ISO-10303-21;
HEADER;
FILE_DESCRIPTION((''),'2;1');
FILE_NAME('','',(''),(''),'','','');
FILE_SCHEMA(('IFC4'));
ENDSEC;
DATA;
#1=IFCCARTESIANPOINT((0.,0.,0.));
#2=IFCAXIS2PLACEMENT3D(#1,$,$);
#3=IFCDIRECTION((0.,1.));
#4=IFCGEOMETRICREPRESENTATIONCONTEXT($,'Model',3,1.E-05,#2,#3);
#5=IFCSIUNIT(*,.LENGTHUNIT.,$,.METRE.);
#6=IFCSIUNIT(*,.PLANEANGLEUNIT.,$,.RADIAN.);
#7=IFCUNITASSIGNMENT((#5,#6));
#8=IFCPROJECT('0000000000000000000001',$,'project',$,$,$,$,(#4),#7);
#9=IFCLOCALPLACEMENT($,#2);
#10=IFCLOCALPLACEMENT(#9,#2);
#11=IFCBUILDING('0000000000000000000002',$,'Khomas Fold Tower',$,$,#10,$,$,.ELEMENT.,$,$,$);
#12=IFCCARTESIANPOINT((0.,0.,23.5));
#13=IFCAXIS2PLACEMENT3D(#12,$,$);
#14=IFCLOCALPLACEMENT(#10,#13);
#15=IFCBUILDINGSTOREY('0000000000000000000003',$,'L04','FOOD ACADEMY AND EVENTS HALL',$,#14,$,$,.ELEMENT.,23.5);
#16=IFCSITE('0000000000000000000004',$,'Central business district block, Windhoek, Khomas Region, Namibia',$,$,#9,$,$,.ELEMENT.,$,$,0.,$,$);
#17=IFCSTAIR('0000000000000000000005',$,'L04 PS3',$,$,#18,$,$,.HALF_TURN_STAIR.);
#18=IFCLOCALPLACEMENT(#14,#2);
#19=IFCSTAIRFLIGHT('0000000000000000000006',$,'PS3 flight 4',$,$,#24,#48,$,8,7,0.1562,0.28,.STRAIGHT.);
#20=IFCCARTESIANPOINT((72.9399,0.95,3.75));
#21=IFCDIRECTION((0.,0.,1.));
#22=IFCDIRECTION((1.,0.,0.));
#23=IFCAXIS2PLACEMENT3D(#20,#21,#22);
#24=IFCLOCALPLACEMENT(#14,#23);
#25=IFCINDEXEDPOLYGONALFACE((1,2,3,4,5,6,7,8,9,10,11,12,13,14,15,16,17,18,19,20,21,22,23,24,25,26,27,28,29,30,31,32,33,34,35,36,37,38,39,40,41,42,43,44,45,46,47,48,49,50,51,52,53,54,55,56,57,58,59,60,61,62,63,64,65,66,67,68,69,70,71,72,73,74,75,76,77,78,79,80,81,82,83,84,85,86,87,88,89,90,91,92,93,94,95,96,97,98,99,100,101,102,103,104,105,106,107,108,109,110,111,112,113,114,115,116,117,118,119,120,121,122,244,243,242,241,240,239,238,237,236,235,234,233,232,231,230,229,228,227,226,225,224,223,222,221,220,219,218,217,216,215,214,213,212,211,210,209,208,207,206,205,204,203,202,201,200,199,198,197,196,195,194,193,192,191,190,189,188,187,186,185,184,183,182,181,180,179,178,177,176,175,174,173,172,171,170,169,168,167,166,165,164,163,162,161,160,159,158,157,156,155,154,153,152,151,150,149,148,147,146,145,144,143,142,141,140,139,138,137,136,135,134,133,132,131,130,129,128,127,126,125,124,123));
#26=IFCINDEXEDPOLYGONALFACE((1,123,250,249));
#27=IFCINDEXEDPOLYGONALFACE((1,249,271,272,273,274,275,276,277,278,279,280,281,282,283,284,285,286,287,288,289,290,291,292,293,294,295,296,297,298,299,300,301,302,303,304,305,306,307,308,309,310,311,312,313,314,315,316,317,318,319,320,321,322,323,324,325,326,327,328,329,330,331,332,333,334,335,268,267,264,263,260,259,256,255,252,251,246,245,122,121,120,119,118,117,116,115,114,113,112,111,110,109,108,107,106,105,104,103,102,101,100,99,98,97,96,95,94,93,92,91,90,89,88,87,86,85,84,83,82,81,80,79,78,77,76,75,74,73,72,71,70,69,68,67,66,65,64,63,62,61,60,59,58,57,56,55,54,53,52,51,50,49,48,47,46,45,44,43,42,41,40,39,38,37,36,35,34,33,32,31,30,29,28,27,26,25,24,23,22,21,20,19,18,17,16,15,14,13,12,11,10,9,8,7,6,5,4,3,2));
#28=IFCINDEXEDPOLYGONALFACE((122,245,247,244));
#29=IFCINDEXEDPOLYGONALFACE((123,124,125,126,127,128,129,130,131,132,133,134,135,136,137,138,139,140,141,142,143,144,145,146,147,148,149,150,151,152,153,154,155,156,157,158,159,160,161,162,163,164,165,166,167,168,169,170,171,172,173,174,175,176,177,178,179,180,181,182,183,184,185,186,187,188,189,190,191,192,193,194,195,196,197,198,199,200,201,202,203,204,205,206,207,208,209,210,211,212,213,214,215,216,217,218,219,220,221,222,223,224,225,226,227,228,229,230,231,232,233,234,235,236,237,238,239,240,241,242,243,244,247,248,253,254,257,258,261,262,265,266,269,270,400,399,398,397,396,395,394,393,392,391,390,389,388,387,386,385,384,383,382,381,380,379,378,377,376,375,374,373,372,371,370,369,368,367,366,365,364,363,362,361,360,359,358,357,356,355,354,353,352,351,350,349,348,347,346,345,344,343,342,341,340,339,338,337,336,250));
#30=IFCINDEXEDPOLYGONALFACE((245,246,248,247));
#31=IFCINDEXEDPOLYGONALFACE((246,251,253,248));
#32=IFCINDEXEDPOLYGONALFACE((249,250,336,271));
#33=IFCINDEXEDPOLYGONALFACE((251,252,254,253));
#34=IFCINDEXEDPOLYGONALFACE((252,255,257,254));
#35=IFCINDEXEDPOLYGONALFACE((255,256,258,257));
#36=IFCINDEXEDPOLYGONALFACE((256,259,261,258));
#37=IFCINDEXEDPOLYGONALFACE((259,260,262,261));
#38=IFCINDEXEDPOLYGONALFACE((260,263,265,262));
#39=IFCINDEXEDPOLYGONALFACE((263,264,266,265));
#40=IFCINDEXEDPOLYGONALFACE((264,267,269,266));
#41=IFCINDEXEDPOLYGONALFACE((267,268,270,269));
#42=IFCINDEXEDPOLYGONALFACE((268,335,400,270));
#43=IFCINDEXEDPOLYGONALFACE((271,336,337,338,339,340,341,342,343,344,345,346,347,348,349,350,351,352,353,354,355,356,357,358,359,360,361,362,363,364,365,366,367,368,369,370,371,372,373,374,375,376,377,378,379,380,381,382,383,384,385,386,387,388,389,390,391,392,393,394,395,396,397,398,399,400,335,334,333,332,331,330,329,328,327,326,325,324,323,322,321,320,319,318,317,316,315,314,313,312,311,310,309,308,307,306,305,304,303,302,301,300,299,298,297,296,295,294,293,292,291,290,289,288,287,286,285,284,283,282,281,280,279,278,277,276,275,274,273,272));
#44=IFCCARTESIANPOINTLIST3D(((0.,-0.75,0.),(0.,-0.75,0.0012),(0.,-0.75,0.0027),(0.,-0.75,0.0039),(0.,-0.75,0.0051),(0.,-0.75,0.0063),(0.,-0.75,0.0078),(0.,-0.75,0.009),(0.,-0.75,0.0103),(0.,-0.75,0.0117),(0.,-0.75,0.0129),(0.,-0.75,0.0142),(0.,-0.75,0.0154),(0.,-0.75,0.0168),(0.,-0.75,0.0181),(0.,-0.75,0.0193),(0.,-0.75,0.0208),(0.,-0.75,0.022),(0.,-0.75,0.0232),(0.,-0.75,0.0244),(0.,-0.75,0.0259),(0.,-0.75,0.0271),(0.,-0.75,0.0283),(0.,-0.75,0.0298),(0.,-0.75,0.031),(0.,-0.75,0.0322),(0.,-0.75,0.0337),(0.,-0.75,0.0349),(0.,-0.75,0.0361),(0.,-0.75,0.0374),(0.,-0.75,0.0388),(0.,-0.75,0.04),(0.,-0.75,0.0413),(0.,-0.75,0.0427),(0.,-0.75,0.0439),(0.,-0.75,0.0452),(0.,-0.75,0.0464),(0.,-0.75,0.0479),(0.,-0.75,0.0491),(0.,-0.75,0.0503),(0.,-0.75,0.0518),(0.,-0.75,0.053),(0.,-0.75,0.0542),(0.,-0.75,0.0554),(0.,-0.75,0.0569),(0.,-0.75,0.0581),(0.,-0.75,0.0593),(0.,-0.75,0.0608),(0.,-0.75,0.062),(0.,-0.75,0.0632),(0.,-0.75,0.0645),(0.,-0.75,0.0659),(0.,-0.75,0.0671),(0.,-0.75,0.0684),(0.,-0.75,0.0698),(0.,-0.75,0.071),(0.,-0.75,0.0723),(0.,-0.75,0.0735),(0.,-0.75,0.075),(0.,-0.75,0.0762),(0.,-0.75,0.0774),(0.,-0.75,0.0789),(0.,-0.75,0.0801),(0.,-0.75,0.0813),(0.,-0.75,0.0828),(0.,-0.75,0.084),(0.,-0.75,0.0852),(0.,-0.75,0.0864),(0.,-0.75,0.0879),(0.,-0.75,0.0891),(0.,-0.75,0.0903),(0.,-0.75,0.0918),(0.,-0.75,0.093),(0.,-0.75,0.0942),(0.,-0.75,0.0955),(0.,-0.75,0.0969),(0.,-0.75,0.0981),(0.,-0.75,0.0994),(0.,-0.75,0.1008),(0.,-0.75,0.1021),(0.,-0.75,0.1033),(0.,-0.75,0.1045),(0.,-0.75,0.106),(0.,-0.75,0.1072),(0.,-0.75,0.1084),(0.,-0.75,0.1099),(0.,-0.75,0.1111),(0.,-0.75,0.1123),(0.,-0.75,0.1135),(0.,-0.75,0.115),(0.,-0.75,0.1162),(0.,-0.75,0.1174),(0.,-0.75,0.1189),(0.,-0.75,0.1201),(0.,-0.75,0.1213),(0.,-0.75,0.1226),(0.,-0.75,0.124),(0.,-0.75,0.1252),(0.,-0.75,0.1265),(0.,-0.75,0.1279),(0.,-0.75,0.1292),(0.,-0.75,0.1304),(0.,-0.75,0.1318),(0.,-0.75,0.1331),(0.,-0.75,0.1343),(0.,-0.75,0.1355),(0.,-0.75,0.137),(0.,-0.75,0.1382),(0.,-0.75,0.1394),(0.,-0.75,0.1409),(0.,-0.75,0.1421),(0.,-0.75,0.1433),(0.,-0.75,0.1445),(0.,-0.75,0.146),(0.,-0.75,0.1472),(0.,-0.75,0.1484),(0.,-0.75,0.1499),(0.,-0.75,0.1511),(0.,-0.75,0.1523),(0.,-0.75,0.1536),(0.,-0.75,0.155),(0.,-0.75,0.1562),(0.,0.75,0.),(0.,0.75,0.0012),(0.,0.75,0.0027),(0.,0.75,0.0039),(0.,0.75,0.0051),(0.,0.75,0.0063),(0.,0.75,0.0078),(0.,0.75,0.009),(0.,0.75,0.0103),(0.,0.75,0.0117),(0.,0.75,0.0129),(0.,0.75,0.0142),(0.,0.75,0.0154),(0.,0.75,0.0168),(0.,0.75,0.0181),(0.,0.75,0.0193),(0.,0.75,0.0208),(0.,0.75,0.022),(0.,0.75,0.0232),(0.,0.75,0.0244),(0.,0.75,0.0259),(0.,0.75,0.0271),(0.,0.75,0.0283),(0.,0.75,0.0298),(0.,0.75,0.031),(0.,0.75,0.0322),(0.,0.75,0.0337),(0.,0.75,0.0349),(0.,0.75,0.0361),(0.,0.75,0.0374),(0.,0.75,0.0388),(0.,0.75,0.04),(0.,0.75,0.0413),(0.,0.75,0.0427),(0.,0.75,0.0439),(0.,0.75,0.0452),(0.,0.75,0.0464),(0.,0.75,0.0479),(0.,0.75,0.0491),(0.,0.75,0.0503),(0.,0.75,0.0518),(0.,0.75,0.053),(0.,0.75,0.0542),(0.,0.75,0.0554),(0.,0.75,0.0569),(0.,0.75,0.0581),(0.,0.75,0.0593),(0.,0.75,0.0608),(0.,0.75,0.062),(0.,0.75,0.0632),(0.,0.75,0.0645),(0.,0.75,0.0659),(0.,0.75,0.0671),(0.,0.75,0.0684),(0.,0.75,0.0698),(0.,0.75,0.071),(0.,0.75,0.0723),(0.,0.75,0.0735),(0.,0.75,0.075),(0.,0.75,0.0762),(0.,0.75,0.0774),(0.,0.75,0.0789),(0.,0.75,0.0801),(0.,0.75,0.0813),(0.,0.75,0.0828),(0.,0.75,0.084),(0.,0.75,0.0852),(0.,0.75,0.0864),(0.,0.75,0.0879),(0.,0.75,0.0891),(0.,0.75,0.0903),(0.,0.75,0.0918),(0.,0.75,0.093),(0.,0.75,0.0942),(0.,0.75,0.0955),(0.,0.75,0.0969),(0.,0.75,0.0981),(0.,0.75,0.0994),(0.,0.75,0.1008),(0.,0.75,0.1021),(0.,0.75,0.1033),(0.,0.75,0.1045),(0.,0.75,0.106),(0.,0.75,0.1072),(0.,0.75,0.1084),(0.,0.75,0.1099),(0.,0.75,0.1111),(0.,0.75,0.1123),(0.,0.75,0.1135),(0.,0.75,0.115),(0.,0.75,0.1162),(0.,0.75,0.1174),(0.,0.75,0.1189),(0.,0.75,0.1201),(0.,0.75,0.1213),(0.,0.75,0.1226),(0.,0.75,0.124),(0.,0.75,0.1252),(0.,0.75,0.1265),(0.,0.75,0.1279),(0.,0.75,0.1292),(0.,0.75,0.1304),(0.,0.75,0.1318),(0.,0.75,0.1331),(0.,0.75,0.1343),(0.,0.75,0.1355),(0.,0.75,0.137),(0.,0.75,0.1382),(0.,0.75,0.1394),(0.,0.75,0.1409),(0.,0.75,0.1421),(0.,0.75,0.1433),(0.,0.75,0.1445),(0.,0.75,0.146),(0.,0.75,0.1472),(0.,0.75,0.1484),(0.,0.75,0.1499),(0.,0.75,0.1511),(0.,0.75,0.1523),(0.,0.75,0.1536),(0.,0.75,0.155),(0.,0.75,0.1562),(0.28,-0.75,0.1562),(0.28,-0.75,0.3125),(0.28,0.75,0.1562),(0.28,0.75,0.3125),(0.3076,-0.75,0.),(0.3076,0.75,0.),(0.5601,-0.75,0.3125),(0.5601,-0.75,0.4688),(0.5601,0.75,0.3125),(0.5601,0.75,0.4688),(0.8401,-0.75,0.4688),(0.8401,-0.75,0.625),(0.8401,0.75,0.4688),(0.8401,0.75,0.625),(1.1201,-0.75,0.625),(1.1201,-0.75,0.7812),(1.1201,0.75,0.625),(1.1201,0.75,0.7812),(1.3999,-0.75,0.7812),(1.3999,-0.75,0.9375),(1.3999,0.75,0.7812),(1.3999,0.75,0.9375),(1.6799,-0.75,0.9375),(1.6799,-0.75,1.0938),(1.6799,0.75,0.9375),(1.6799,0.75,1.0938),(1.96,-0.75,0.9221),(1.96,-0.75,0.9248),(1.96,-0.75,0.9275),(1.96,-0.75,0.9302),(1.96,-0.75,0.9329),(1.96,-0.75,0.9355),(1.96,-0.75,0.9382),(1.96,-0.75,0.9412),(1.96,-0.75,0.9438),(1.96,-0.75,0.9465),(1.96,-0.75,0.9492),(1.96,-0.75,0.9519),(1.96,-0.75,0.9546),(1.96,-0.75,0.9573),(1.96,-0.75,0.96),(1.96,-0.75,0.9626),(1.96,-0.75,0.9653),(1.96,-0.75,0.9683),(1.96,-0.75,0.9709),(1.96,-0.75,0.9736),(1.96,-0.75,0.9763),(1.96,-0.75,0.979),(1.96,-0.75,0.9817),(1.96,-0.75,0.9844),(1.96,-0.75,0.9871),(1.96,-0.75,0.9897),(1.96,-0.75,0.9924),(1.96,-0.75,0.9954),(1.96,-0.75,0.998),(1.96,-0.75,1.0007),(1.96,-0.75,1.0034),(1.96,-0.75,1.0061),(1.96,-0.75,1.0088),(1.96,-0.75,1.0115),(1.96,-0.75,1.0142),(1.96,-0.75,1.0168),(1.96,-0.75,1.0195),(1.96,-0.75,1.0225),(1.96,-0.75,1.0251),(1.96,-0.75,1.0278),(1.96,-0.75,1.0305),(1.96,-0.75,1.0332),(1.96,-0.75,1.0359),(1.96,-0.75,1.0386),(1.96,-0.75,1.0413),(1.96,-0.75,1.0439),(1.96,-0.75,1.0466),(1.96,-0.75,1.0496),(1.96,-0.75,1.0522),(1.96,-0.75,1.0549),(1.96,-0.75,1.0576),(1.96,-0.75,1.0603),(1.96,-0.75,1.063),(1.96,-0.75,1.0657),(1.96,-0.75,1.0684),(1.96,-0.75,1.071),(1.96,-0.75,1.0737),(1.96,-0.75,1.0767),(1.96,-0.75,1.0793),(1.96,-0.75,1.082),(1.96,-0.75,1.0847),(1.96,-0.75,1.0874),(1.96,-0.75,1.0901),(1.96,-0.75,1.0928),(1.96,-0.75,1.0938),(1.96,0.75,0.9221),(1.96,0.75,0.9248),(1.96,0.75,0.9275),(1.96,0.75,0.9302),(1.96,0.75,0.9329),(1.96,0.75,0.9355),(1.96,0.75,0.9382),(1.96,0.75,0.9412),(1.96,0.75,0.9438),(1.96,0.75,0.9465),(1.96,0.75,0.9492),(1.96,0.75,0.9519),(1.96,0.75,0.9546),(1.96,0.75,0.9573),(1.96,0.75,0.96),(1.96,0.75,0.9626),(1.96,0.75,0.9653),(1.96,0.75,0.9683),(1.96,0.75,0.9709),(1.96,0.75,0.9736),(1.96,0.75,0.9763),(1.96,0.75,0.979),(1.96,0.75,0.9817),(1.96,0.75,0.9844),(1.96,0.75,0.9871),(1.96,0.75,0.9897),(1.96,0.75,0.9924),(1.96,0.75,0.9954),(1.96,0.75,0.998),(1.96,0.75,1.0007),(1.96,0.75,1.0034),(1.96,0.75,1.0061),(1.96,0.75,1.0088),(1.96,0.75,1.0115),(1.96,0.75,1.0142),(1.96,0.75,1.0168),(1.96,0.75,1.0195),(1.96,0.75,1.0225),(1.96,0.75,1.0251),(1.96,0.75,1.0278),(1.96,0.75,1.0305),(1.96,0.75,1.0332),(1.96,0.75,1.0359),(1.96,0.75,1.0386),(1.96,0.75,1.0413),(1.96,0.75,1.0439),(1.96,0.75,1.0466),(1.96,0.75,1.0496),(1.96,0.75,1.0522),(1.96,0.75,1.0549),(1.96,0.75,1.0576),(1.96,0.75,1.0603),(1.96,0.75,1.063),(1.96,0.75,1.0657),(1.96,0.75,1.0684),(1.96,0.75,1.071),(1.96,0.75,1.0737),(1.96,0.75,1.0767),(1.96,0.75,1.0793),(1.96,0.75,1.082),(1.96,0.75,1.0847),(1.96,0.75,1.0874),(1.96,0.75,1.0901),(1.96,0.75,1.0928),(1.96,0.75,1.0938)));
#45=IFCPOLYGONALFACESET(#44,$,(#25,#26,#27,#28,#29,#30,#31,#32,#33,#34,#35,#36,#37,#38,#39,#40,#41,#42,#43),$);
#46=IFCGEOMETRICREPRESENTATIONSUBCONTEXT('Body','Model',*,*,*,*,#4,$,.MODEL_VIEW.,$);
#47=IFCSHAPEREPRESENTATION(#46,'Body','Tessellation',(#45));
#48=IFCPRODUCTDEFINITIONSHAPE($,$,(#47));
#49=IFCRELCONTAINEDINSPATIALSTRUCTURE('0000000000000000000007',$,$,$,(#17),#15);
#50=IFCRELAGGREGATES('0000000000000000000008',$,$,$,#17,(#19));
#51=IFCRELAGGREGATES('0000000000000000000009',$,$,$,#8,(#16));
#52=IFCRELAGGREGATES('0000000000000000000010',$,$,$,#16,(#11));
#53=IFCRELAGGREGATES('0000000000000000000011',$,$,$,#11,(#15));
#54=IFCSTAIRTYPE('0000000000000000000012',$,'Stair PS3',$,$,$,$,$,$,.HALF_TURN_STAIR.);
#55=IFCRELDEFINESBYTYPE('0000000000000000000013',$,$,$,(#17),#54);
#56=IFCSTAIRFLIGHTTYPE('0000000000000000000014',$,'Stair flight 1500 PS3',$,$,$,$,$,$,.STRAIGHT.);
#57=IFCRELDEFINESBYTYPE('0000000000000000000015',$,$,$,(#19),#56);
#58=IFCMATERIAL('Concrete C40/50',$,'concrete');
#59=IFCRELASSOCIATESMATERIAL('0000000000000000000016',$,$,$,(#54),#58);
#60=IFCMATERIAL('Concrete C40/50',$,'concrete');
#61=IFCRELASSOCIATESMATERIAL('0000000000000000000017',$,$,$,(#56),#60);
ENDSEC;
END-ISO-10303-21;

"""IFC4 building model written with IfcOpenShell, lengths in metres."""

from ifc_helpers import new_model, si_unit, direction, frame, origin, place, context, subcontext, project, spatial, polyline, outline, extrude, source, transform, mapped, material, type_object, element, aggregate, save


model = new_model("IFC4")

# Units and contexts
model_context = context("Model", 3, precision=1e-05, world=origin(), true_north=direction((0.0, 1.0)))
body_context = subcontext(model_context, "Body", "Model", "MODEL_VIEW")
ifc_project = project(units=[si_unit("LENGTHUNIT", "METRE"), si_unit("PLANEANGLEUNIT", "RADIAN")], contexts=[model_context])

# Site, building, storey
site_placement = place(None, origin())
site = spatial("IfcSite", under=ifc_project, at=site_placement, Name="Central business district block, Windhoek, Khomas Region, Namibia", CompositionType="ELEMENT", RefElevation=0.0)
building_placement = place(site_placement, origin())
building = spatial("IfcBuilding", under=site, at=building_placement, Name="Khomas Fold Tower", CompositionType="ELEMENT")
storey_placement = place(building_placement, frame((0.0, 0.0, 23.5)))
storey = spatial("IfcBuildingStorey", under=building, at=storey_placement, Name="L04", Description="FOOD ACADEMY AND EVENTS HALL", CompositionType="ELEMENT", Elevation=23.5)

# Stair, stair flight
ifc_material_1 = material(Name="Concrete C40/50", Category="concrete")
stair_type = type_object("IfcStairType", Name="Stair PS3", PredefinedType="HALF_TURN_STAIR", material=ifc_material_1)
stair_placement = place(storey_placement, origin())
stair = element("IfcStair", 1, at=stair_placement, inside=storey, type_object=stair_type, Name="L04 PS3", PredefinedType="HALF_TURN_STAIR")
ifc_material_2 = material(Name="Concrete C40/50", Category="concrete")
stair_flight_type = type_object("IfcStairFlightType", Name="Stair flight 1500 PS3", PredefinedType="STRAIGHT", material=ifc_material_2)
shared_shape_1 = source(origin(), body_context, "Body", "SweptSolid", [
    extrude(outline(polyline([(0.0, 0.0), (0.0, 0.0012), (0.0, 0.0027), (0.0, 0.0039), (0.0, 0.0051), (0.0, 0.0063), (0.0, 0.0078), (0.0, 0.009), (0.0, 0.0103), (0.0, 0.0117), (0.0, 0.0129), (0.0, 0.0142), (0.0, 0.0154), (0.0, 0.0168), (0.0, 0.0181), (0.0, 0.0193), (0.0, 0.0208), (0.0, 0.022), (0.0, 0.0232), (0.0, 0.0244), (0.0, 0.0259), (0.0, 0.0271), (0.0, 0.0283), (0.0, 0.0298), (0.0, 0.031), (0.0, 0.0322), (0.0, 0.0337), (0.0, 0.0349), (0.0, 0.0361), (0.0, 0.0374), (0.0, 0.0388), (0.0, 0.04), (0.0, 0.0413), (0.0, 0.0427), (0.0, 0.0439), (0.0, 0.0452), (0.0, 0.0464), (0.0, 0.0479), (0.0, 0.0491), (0.0, 0.0503), (0.0, 0.0518), (0.0, 0.053), (0.0, 0.0542), (0.0, 0.0554), (0.0, 0.0569), (0.0, 0.0581), (0.0, 0.0593), (0.0, 0.0608), (0.0, 0.062), (0.0, 0.0632), (0.0, 0.0645), (0.0, 0.0659), (0.0, 0.0671), (0.0, 0.0684), (0.0, 0.0698), (0.0, 0.071), (0.0, 0.0723), (0.0, 0.0735), (0.0, 0.075), (0.0, 0.0762), (0.0, 0.0774), (0.0, 0.0789), (0.0, 0.0801), (0.0, 0.0813), (0.0, 0.0828), (0.0, 0.084), (0.0, 0.0852), (0.0, 0.0864), (0.0, 0.0879), (0.0, 0.0891), (0.0, 0.0903), (0.0, 0.0918), (0.0, 0.093), (0.0, 0.0942), (0.0, 0.0955), (0.0, 0.0969), (0.0, 0.0981), (0.0, 0.0994), (0.0, 0.1008), (0.0, 0.1021), (0.0, 0.1033), (0.0, 0.1045), (0.0, 0.106), (0.0, 0.1072), (0.0, 0.1084), (0.0, 0.1099), (0.0, 0.1111), (0.0, 0.1123), (0.0, 0.1135), (0.0, 0.115), (0.0, 0.1162), (0.0, 0.1174), (0.0, 0.1189), (0.0, 0.1201), (0.0, 0.1213), (0.0, 0.1226), (0.0, 0.124), (0.0, 0.1252), (0.0, 0.1265), (0.0, 0.1279), (0.0, 0.1292), (0.0, 0.1304), (0.0, 0.1318), (0.0, 0.1331), (0.0, 0.1343), (0.0, 0.1355), (0.0, 0.137), (0.0, 0.1382), (0.0, 0.1394), (0.0, 0.1409), (0.0, 0.1421), (0.0, 0.1433), (0.0, 0.1445), (0.0, 0.146), (0.0, 0.1472), (0.0, 0.1484), (0.0, 0.1499), (0.0, 0.1511), (0.0, 0.1523), (0.0, 0.1536), (0.0, 0.155), (0.0, 0.1562), (0.28, 0.1562), (0.28, 0.3125), (0.5601, 0.3125), (0.5601, 0.4688), (0.8401, 0.4688), (0.8401, 0.625), (1.1201, 0.625), (1.1201, 0.7812), (1.3999, 0.7812), (1.3999, 0.9375), (1.6799, 0.9375), (1.6799, 1.0938), (1.96, 1.0938), (1.96, 1.25), (1.96, 1.2473), (1.96, 1.2446), (1.96, 1.2419), (1.96, 1.2393), (1.96, 1.2363), (1.96, 1.2336), (1.96, 1.231), (1.96, 1.2283), (1.96, 1.2256), (1.96, 1.2229), (1.96, 1.2202), (1.96, 1.2175), (1.96, 1.2148), (1.96, 1.2122), (1.96, 1.2092), (1.96, 1.2065), (1.96, 1.2039), (1.96, 1.2012), (1.96, 1.1985), (1.96, 1.1958), (1.96, 1.1931), (1.96, 1.1904), (1.96, 1.1877), (1.96, 1.1851), (1.96, 1.1821), (1.96, 1.1794), (1.96, 1.1768), (1.96, 1.1741), (1.96, 1.1714), (1.96, 1.1687), (1.96, 1.166), (1.96, 1.1633), (1.96, 1.1606), (1.96, 1.158), (1.96, 1.155), (1.96, 1.1523), (1.96, 1.1497), (1.96, 1.147), (1.96, 1.1443), (1.96, 1.1416), (1.96, 1.1389), (1.96, 1.1362), (1.96, 1.1335), (1.96, 1.1309), (1.96, 1.1279), (1.96, 1.1252), (1.96, 1.1226), (1.96, 1.1199), (1.96, 1.1172), (1.96, 1.1145), (1.96, 1.1118), (1.96, 1.1091), (1.96, 1.1064), (1.96, 1.1038), (1.96, 1.1008), (1.96, 1.0981), (1.96, 1.0955), (1.96, 1.0928), (1.96, 1.0901), (1.96, 1.0874), (1.96, 1.0847), (1.96, 1.082), (1.96, 1.0793), (1.96, 1.0767), (1.96, 1.0737), (1.96, 1.071), (1.96, 1.0684), (1.96, 1.0657), (1.96, 1.063), (1.96, 1.0603), (1.96, 1.0576), (1.96, 1.0549), (1.96, 1.0522), (1.96, 1.0496), (1.96, 1.0466), (1.96, 1.0439), (1.96, 1.0413), (1.96, 1.0386), (1.96, 1.0359), (1.96, 1.0332), (1.96, 1.0305), (1.96, 1.0278), (1.96, 1.0251), (1.96, 1.0225), (1.96, 1.0195), (1.96, 1.0168), (1.96, 1.0142), (1.96, 1.0115), (1.96, 1.0088), (1.96, 1.0061), (1.96, 1.0034), (1.96, 1.0007), (1.96, 0.998), (1.96, 0.9954), (1.96, 0.9924), (1.96, 0.9897), (1.96, 0.9871), (1.96, 0.9844), (1.96, 0.9817), (1.96, 0.979), (1.96, 0.9763), (1.96, 0.9736), (1.96, 0.9709), (1.96, 0.9683), (1.96, 0.9653), (1.96, 0.9626), (1.96, 0.96), (1.96, 0.9573), (1.96, 0.9546), (1.96, 0.9519), (1.96, 0.9492), (1.96, 0.9465), (1.96, 0.9438), (1.96, 0.9412), (1.96, 0.9382), (1.96, 0.9355), (1.96, 0.9329), (1.96, 0.9302), (1.96, 0.9275), (1.96, 0.9248), (1.96, 0.9221), (0.3076, 0.0), (0.0, 0.0)])), frame((0.0, 0.75, 0.0), z_axis=(0.0, -1.0, 0.0), x_axis=(1.0, 0.0, 0.0)), (0.0, 0.0, 1.0), 1.5),
])
stair_flight_1_placement = place(storey_placement, frame((72.9399, 0.95, 3.75), z_axis=(0.0, 0.0, 1.0), x_axis=(1.0, 0.0, 0.0)))
stair_flight_1 = element("IfcStairFlight", 2, at=stair_flight_1_placement, type_object=stair_flight_type, Name="PS3 flight 4", NumberOfRisers=8, NumberOfTreads=7, PredefinedType="STRAIGHT", RiserHeight=0.1562, TreadLength=0.28, context=body_context, shape_type="MappedRepresentation", body=[
    mapped(shared_shape_1, transform((0.0, 0.0, 0.0))),
])
aggregate(stair, [stair_flight_1])

save(model, "model.ifc")
